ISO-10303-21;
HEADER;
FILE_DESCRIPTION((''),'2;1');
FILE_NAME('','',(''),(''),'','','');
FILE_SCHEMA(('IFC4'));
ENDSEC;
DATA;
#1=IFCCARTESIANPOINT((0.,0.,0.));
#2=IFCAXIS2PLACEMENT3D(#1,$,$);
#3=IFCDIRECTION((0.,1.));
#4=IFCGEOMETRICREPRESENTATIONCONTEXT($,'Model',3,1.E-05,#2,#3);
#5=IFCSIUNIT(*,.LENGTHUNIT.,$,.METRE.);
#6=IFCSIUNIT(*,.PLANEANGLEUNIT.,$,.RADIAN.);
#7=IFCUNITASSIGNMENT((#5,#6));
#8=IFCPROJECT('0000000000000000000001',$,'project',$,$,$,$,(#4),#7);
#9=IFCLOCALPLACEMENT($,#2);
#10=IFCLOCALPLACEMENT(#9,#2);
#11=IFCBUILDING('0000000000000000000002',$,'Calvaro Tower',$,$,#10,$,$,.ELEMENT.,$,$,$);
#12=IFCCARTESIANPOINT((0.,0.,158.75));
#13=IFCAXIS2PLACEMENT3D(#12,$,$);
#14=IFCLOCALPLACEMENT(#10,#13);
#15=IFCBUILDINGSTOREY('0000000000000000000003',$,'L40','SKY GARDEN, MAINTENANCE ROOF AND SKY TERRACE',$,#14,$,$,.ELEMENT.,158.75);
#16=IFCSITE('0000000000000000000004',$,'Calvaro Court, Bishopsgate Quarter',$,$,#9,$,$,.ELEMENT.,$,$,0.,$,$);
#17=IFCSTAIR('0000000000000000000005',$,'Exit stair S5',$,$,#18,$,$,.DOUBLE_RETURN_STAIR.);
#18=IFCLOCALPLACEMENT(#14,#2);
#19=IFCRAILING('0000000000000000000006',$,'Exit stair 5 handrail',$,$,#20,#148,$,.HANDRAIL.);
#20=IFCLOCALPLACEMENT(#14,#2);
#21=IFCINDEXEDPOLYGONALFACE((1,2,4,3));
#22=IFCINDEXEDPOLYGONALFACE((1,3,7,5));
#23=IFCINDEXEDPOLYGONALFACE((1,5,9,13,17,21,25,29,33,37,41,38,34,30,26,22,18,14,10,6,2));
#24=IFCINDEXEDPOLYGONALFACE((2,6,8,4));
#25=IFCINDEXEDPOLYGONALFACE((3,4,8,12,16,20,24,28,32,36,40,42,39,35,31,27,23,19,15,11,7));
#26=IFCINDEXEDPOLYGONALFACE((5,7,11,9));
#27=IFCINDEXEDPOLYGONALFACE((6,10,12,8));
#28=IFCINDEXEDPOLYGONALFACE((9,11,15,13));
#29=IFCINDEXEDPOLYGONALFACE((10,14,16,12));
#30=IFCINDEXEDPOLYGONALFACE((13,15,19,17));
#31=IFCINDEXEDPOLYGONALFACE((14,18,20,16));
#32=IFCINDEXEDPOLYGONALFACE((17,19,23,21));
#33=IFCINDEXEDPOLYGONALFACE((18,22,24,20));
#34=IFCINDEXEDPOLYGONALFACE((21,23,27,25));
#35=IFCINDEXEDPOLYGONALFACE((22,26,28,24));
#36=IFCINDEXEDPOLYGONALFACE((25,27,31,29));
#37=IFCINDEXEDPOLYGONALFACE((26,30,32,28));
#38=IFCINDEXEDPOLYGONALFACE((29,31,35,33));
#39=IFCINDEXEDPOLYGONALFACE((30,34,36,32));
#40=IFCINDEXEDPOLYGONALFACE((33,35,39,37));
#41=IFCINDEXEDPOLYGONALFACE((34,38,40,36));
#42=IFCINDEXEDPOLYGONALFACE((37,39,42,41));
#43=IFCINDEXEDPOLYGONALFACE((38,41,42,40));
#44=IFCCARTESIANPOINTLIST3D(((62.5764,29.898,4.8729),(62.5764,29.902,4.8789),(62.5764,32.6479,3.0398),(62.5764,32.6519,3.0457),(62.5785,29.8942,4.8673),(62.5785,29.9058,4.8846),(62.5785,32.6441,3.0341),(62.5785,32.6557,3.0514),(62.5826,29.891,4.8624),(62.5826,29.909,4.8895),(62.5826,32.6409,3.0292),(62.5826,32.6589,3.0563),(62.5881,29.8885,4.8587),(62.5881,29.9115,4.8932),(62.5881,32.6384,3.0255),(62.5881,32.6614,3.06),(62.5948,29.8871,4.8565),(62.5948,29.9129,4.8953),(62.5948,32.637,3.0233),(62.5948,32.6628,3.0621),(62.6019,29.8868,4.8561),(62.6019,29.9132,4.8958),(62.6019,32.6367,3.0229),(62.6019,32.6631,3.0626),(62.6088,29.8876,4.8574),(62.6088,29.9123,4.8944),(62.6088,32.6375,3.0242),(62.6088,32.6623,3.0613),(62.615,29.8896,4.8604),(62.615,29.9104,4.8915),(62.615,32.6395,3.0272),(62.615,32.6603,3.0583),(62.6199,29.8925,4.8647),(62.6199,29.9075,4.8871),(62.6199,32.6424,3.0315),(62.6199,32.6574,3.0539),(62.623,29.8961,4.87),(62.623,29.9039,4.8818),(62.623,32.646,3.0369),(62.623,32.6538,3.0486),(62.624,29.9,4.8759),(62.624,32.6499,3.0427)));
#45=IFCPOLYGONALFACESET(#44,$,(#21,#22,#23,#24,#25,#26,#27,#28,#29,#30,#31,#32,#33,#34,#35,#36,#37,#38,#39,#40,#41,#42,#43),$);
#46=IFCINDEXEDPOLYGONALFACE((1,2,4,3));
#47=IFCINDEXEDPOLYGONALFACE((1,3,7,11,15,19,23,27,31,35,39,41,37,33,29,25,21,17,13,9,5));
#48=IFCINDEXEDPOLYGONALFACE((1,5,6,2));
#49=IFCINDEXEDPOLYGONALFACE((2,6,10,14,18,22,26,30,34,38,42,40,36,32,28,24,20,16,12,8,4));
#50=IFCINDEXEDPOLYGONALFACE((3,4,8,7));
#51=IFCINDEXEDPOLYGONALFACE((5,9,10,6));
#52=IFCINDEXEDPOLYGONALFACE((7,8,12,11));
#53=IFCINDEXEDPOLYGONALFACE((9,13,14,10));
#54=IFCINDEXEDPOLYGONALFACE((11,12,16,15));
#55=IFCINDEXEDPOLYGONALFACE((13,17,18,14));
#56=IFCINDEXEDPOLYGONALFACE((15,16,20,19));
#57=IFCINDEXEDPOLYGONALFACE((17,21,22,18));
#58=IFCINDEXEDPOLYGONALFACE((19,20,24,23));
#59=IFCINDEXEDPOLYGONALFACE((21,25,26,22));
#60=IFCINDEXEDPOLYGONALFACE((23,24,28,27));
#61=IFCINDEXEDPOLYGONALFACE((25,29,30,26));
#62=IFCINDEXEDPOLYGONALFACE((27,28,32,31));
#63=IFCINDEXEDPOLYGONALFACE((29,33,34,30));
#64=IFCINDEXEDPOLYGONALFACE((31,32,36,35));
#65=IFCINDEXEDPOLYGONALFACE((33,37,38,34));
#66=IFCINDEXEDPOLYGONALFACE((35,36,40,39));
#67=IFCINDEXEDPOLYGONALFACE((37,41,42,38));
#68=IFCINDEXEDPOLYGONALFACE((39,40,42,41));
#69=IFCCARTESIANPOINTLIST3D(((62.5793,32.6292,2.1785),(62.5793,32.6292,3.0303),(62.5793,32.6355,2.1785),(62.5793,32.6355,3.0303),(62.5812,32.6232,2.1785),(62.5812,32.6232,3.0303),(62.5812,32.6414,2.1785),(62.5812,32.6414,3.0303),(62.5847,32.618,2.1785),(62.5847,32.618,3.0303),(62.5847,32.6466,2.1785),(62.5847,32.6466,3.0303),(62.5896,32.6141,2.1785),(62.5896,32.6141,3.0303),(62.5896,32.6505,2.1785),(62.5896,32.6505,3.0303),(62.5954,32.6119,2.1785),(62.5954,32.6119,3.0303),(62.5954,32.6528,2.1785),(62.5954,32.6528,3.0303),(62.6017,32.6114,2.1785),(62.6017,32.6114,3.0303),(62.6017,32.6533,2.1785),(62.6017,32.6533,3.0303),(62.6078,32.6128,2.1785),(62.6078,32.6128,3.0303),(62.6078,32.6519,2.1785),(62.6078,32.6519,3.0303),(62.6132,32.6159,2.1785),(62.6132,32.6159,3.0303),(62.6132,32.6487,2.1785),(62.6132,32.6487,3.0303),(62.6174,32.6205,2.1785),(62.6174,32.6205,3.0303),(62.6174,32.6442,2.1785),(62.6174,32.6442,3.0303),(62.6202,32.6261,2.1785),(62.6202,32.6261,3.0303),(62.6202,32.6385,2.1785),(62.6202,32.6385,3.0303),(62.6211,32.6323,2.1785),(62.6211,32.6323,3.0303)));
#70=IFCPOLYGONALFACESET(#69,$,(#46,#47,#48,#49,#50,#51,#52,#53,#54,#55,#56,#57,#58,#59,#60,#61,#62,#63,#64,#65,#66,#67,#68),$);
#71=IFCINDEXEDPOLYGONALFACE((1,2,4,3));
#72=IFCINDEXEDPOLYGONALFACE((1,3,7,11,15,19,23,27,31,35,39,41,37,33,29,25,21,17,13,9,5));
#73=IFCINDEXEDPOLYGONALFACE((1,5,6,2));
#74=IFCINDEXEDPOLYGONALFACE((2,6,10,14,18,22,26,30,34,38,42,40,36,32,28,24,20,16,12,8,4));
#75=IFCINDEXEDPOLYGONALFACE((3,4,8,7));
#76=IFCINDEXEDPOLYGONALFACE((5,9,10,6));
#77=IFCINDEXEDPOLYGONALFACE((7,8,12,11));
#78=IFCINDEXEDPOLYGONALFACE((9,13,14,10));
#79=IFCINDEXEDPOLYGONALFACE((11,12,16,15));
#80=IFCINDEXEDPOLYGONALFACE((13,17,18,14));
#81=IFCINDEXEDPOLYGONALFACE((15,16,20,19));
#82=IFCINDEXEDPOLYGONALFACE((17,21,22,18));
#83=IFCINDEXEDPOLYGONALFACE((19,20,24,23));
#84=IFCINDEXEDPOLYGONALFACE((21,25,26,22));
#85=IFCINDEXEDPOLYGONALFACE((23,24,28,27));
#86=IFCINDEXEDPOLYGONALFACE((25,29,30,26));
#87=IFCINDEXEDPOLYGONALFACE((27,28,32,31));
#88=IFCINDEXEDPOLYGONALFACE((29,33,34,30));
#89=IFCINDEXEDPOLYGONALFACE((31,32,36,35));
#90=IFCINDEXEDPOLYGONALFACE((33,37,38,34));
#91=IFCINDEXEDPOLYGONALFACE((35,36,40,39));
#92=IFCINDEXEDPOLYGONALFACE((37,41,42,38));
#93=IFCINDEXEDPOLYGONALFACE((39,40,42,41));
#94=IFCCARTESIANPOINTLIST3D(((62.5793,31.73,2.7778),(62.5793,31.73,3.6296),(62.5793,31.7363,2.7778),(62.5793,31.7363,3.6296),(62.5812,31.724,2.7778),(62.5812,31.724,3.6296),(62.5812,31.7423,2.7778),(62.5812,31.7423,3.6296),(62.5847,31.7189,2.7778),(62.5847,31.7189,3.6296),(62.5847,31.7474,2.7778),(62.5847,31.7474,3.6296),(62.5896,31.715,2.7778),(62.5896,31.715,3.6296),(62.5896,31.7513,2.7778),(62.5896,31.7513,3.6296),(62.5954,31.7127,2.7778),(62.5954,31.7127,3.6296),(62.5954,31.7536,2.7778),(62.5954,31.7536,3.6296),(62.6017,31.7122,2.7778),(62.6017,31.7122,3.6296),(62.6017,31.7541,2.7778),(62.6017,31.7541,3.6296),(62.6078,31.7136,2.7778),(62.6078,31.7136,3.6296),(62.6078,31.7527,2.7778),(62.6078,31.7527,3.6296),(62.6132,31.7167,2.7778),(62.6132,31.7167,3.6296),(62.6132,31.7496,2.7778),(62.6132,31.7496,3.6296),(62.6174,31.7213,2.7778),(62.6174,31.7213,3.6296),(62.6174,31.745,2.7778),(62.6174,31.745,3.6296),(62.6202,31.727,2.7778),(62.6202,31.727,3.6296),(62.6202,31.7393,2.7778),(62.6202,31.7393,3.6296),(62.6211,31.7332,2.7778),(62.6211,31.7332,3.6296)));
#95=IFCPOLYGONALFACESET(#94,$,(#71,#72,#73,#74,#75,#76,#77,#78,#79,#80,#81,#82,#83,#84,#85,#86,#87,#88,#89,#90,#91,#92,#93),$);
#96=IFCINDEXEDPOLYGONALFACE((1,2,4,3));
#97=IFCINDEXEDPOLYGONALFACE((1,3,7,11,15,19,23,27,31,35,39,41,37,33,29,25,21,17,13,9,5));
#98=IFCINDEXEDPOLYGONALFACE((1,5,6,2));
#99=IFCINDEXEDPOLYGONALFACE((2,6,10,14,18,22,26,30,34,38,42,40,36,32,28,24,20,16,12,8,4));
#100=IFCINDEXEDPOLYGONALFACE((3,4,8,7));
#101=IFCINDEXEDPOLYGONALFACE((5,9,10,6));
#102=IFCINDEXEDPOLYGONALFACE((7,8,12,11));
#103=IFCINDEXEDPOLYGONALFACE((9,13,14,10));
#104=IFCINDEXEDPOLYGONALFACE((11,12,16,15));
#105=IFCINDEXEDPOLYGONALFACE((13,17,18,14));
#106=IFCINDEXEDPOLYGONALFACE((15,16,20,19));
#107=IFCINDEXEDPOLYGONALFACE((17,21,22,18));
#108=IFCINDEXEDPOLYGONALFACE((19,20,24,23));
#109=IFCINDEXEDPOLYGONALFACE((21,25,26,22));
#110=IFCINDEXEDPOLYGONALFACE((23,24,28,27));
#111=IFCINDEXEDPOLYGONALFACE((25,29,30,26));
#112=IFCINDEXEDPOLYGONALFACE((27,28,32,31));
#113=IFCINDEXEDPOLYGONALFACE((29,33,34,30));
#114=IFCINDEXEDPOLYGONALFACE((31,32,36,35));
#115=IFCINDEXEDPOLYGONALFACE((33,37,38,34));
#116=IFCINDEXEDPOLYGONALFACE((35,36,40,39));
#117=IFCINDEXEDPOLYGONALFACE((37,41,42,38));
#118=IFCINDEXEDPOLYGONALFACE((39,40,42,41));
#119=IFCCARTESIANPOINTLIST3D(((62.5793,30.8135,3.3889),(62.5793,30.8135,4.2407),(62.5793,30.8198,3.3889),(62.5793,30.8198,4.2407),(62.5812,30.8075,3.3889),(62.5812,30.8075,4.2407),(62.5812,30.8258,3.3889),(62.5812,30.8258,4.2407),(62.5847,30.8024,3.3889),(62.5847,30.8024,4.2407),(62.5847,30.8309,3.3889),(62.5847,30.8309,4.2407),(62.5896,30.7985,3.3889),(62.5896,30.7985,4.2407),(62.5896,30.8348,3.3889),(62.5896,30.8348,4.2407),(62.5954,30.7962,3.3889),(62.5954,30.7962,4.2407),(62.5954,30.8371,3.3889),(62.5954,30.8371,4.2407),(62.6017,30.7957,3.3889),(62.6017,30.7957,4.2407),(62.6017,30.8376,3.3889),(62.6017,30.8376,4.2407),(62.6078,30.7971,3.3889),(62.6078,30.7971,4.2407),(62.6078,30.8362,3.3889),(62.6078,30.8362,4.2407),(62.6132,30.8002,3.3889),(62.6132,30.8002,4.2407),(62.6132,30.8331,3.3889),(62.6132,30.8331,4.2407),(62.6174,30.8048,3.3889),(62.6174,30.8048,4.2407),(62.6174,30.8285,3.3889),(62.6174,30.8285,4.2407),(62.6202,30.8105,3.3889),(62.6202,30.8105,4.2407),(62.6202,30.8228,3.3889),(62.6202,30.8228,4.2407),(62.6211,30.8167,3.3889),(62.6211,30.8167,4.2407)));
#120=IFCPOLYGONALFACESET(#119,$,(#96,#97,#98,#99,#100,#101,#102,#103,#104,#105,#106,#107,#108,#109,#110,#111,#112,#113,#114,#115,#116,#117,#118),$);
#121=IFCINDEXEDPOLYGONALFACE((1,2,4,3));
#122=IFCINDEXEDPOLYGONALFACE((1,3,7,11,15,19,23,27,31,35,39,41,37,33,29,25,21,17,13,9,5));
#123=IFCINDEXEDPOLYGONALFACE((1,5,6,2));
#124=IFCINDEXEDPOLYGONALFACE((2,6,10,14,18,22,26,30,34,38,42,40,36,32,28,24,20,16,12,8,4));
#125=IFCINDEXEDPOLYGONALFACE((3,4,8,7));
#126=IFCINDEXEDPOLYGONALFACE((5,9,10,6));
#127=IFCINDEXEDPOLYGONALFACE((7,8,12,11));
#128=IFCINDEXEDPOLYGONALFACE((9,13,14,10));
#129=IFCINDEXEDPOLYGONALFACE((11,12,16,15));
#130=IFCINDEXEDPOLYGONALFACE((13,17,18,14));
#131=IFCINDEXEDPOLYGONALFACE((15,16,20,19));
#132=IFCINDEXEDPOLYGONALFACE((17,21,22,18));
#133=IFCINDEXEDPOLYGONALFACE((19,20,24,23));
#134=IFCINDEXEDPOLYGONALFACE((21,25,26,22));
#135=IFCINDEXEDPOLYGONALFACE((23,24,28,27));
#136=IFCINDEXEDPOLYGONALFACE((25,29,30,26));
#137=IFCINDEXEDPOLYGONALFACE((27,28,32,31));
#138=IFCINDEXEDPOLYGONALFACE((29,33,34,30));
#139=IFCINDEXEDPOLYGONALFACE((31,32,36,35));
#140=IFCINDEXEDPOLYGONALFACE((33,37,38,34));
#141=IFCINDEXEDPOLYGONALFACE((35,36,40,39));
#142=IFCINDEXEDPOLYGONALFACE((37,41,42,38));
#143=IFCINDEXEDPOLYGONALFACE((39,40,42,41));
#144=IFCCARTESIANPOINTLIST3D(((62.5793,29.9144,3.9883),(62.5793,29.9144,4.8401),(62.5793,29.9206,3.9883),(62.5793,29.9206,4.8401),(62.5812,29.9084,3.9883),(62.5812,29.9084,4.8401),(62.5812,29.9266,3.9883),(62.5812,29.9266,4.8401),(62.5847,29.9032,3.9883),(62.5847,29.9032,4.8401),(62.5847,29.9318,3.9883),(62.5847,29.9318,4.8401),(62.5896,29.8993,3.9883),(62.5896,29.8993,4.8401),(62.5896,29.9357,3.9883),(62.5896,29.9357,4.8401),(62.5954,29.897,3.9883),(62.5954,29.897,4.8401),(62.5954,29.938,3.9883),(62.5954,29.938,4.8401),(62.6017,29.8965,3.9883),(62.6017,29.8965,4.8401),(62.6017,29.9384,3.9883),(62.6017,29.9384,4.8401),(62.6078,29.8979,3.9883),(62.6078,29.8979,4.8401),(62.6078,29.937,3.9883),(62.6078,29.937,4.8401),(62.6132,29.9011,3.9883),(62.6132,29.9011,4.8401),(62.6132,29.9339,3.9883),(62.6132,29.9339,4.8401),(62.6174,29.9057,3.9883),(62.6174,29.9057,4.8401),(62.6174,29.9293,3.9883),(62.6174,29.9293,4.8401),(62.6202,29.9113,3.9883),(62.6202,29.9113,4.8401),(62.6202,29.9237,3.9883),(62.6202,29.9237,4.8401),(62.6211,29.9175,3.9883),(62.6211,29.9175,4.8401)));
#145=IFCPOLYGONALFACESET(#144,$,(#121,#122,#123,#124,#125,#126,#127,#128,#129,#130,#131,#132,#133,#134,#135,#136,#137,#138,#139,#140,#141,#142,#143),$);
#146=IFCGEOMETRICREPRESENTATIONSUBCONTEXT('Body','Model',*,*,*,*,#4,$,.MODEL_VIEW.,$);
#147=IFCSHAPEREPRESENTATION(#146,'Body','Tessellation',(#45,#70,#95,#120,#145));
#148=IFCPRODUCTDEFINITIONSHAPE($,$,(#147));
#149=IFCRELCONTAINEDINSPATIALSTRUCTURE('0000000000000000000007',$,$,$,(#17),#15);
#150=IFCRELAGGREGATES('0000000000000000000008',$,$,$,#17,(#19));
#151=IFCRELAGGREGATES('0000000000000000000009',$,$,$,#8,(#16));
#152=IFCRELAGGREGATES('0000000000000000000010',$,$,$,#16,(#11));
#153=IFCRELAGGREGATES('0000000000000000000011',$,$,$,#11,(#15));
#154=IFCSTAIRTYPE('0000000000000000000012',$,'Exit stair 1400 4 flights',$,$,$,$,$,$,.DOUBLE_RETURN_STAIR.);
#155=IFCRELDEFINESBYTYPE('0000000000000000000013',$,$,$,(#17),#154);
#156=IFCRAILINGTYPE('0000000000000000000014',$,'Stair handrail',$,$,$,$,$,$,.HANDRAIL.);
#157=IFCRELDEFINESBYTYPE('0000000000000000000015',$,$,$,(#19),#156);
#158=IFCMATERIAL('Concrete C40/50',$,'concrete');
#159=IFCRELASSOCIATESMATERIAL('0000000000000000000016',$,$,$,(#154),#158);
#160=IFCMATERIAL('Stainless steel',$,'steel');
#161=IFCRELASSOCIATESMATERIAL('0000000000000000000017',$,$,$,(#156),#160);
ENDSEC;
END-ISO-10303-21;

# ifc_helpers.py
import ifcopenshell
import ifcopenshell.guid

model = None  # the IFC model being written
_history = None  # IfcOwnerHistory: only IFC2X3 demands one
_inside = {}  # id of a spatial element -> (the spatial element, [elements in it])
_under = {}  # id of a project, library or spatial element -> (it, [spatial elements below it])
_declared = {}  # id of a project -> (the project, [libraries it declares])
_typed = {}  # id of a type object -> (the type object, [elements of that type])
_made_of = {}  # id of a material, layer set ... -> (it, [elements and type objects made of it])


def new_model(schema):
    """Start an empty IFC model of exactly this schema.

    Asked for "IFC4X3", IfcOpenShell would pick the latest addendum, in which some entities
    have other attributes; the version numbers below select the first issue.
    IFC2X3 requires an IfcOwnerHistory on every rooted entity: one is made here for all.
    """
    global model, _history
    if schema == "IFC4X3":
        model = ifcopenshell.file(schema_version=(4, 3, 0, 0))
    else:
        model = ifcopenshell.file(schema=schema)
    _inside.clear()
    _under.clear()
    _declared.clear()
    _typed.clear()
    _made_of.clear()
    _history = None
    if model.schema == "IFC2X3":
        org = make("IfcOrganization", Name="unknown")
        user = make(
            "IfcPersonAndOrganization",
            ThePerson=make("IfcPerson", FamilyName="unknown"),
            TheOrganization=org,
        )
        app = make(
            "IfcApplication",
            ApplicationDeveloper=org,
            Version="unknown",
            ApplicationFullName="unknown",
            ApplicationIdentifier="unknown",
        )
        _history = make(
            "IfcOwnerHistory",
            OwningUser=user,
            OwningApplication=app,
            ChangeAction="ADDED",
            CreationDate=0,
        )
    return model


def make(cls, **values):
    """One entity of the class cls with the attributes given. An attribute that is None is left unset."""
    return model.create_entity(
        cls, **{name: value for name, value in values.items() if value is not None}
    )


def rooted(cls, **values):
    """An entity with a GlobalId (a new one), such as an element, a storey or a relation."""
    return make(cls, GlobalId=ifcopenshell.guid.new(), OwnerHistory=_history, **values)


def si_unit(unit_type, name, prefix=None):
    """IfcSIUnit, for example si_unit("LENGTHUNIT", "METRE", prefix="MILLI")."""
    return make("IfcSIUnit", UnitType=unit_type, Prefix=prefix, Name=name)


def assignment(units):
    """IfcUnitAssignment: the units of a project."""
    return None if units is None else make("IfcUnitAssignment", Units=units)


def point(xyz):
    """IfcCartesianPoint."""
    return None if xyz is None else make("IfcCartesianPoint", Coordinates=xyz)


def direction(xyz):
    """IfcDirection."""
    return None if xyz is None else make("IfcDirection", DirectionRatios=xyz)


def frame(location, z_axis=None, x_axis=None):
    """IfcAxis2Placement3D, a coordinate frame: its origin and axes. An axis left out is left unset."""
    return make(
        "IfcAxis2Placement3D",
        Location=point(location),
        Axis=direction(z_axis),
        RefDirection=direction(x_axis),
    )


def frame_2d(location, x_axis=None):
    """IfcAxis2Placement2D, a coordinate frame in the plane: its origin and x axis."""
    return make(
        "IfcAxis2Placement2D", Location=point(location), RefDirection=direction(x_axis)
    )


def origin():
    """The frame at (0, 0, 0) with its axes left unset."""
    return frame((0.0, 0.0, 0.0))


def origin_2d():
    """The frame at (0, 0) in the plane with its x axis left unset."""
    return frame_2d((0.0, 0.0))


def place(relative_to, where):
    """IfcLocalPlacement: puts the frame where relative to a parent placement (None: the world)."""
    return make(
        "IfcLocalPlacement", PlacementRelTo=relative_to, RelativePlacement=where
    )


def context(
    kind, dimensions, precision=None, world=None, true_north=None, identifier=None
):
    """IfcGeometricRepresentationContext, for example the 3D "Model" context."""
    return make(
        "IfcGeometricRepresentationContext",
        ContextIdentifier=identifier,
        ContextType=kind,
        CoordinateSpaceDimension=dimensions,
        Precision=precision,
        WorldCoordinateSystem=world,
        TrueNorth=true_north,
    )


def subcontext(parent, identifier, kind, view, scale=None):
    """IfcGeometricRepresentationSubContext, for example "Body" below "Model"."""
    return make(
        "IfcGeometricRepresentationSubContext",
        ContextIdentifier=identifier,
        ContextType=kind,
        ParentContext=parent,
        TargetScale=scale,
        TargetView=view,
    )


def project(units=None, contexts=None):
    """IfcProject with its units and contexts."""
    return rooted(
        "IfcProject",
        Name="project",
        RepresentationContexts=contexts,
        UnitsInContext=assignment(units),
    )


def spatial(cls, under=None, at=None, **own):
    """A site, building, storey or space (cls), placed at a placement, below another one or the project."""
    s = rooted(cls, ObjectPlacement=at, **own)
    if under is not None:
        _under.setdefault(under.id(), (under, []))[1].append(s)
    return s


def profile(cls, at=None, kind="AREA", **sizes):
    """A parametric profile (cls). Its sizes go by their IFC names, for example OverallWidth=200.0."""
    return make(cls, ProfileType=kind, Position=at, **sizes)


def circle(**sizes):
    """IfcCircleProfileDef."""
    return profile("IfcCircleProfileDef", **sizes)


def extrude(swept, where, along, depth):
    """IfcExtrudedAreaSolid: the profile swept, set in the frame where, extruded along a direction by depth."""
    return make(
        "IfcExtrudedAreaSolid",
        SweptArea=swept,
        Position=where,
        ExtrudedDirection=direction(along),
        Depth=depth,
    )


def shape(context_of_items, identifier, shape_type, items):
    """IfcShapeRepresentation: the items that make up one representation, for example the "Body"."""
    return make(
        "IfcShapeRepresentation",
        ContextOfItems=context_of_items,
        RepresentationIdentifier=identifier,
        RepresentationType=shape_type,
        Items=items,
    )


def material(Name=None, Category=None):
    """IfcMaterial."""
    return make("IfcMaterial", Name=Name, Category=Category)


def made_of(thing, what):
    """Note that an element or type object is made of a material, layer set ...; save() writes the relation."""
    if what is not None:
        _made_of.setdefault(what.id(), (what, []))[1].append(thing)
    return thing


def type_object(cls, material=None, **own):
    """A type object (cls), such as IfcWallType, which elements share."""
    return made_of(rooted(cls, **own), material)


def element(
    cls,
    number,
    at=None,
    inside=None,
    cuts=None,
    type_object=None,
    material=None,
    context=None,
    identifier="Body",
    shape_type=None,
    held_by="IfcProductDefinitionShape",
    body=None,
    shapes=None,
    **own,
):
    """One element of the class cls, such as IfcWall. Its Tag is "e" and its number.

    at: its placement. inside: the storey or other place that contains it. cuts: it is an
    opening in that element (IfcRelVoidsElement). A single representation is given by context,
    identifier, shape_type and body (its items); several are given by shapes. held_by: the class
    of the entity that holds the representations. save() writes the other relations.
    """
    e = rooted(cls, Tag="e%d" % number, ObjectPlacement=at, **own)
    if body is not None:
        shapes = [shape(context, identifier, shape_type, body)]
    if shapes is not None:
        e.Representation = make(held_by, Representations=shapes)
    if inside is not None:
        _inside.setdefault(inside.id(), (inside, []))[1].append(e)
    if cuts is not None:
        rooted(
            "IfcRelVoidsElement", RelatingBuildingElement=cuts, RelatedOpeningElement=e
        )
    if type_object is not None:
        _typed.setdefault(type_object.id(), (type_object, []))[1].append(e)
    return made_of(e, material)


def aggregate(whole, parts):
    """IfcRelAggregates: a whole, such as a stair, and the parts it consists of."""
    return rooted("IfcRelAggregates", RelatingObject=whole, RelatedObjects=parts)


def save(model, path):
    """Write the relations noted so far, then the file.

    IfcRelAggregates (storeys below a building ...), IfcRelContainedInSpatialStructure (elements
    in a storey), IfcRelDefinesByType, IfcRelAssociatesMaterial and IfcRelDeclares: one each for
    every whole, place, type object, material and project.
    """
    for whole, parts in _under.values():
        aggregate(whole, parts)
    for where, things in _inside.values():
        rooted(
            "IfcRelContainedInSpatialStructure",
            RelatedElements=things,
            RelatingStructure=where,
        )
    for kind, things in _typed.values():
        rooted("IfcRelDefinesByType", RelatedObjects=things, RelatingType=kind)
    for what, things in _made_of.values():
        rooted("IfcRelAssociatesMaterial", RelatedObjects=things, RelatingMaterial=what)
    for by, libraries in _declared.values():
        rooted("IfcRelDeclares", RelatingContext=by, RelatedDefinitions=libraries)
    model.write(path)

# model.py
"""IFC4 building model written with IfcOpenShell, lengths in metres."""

from ifc_helpers import new_model, si_unit, direction, frame, origin, origin_2d, place, context, subcontext, project, spatial, circle, extrude, material, type_object, element, aggregate, save


model = new_model("IFC4")

# Units and contexts
model_context = context("Model", 3, precision=1e-05, world=origin(), true_north=direction((0.0, 1.0)))
body_context = subcontext(model_context, "Body", "Model", "MODEL_VIEW")
ifc_project = project(units=[si_unit("LENGTHUNIT", "METRE"), si_unit("PLANEANGLEUNIT", "RADIAN")], contexts=[model_context])

# Site, building, storey
site_placement = place(None, origin())
site = spatial("IfcSite", under=ifc_project, at=site_placement, Name="Calvaro Court, Bishopsgate Quarter", CompositionType="ELEMENT", RefElevation=0.0)
building_placement = place(site_placement, origin())
building = spatial("IfcBuilding", under=site, at=building_placement, Name="Calvaro Tower", CompositionType="ELEMENT")
storey_placement = place(building_placement, frame((0.0, 0.0, 158.75)))
storey = spatial("IfcBuildingStorey", under=building, at=storey_placement, Name="L40", Description="SKY GARDEN, MAINTENANCE ROOF AND SKY TERRACE", CompositionType="ELEMENT", Elevation=158.75)

# Stair
ifc_material_1 = material(Name="Concrete C40/50", Category="concrete")
stair_type = type_object("IfcStairType", Name="Exit stair 1400 4 flights", PredefinedType="DOUBLE_RETURN_STAIR", material=ifc_material_1)
stair_1_placement = place(storey_placement, origin())
stair_1 = element("IfcStair", 1, at=stair_1_placement, inside=storey, type_object=stair_type, Name="Exit stair S5", PredefinedType="DOUBLE_RETURN_STAIR")

# Shared definitions
ifc_material_2 = material(Name="Stainless steel", Category="steel")
railing_type = type_object("IfcRailingType", Name="Stair handrail", PredefinedType="HANDRAIL", material=ifc_material_2)

# Railing
railing_1_placement = place(storey_placement, frame((62.6001, 32.6499, 2.1667)))
railing_1 = element("IfcRailing", 2, at=railing_1_placement, type_object=railing_type, Name="Exit stair 5 handrail", PredefinedType="HANDRAIL", context=body_context, shape_type="SweptSolid", body=[
    extrude(circle(Radius=0.0239, at=origin_2d()), frame((0.0, 0.0, 0.876), z_axis=(0.0, -0.832062, 0.554683), x_axis=(1.0, 0.0, 0.0)), (0.0, 0.0, 1.0), 3.3049),
    extrude(circle(Radius=0.021, at=origin_2d()), frame((0.0, -0.0176, 0.0117)), (0.0, 0.0, 1.0), 0.8518),
    extrude(circle(Radius=0.021, at=origin_2d()), frame((0.0, -0.9167, 0.6111)), (0.0, 0.0, 1.0), 0.8518),
    extrude(circle(Radius=0.021, at=origin_2d()), frame((0.0, -1.8333, 1.2222)), (0.0, 0.0, 1.0), 0.8518),
    extrude(circle(Radius=0.021, at=origin_2d()), frame((0.0, -2.7324, 1.8215)), (0.0, 0.0, 1.0), 0.8518),
])
aggregate(stair_1, [railing_1])

save(model, "model.ifc")
